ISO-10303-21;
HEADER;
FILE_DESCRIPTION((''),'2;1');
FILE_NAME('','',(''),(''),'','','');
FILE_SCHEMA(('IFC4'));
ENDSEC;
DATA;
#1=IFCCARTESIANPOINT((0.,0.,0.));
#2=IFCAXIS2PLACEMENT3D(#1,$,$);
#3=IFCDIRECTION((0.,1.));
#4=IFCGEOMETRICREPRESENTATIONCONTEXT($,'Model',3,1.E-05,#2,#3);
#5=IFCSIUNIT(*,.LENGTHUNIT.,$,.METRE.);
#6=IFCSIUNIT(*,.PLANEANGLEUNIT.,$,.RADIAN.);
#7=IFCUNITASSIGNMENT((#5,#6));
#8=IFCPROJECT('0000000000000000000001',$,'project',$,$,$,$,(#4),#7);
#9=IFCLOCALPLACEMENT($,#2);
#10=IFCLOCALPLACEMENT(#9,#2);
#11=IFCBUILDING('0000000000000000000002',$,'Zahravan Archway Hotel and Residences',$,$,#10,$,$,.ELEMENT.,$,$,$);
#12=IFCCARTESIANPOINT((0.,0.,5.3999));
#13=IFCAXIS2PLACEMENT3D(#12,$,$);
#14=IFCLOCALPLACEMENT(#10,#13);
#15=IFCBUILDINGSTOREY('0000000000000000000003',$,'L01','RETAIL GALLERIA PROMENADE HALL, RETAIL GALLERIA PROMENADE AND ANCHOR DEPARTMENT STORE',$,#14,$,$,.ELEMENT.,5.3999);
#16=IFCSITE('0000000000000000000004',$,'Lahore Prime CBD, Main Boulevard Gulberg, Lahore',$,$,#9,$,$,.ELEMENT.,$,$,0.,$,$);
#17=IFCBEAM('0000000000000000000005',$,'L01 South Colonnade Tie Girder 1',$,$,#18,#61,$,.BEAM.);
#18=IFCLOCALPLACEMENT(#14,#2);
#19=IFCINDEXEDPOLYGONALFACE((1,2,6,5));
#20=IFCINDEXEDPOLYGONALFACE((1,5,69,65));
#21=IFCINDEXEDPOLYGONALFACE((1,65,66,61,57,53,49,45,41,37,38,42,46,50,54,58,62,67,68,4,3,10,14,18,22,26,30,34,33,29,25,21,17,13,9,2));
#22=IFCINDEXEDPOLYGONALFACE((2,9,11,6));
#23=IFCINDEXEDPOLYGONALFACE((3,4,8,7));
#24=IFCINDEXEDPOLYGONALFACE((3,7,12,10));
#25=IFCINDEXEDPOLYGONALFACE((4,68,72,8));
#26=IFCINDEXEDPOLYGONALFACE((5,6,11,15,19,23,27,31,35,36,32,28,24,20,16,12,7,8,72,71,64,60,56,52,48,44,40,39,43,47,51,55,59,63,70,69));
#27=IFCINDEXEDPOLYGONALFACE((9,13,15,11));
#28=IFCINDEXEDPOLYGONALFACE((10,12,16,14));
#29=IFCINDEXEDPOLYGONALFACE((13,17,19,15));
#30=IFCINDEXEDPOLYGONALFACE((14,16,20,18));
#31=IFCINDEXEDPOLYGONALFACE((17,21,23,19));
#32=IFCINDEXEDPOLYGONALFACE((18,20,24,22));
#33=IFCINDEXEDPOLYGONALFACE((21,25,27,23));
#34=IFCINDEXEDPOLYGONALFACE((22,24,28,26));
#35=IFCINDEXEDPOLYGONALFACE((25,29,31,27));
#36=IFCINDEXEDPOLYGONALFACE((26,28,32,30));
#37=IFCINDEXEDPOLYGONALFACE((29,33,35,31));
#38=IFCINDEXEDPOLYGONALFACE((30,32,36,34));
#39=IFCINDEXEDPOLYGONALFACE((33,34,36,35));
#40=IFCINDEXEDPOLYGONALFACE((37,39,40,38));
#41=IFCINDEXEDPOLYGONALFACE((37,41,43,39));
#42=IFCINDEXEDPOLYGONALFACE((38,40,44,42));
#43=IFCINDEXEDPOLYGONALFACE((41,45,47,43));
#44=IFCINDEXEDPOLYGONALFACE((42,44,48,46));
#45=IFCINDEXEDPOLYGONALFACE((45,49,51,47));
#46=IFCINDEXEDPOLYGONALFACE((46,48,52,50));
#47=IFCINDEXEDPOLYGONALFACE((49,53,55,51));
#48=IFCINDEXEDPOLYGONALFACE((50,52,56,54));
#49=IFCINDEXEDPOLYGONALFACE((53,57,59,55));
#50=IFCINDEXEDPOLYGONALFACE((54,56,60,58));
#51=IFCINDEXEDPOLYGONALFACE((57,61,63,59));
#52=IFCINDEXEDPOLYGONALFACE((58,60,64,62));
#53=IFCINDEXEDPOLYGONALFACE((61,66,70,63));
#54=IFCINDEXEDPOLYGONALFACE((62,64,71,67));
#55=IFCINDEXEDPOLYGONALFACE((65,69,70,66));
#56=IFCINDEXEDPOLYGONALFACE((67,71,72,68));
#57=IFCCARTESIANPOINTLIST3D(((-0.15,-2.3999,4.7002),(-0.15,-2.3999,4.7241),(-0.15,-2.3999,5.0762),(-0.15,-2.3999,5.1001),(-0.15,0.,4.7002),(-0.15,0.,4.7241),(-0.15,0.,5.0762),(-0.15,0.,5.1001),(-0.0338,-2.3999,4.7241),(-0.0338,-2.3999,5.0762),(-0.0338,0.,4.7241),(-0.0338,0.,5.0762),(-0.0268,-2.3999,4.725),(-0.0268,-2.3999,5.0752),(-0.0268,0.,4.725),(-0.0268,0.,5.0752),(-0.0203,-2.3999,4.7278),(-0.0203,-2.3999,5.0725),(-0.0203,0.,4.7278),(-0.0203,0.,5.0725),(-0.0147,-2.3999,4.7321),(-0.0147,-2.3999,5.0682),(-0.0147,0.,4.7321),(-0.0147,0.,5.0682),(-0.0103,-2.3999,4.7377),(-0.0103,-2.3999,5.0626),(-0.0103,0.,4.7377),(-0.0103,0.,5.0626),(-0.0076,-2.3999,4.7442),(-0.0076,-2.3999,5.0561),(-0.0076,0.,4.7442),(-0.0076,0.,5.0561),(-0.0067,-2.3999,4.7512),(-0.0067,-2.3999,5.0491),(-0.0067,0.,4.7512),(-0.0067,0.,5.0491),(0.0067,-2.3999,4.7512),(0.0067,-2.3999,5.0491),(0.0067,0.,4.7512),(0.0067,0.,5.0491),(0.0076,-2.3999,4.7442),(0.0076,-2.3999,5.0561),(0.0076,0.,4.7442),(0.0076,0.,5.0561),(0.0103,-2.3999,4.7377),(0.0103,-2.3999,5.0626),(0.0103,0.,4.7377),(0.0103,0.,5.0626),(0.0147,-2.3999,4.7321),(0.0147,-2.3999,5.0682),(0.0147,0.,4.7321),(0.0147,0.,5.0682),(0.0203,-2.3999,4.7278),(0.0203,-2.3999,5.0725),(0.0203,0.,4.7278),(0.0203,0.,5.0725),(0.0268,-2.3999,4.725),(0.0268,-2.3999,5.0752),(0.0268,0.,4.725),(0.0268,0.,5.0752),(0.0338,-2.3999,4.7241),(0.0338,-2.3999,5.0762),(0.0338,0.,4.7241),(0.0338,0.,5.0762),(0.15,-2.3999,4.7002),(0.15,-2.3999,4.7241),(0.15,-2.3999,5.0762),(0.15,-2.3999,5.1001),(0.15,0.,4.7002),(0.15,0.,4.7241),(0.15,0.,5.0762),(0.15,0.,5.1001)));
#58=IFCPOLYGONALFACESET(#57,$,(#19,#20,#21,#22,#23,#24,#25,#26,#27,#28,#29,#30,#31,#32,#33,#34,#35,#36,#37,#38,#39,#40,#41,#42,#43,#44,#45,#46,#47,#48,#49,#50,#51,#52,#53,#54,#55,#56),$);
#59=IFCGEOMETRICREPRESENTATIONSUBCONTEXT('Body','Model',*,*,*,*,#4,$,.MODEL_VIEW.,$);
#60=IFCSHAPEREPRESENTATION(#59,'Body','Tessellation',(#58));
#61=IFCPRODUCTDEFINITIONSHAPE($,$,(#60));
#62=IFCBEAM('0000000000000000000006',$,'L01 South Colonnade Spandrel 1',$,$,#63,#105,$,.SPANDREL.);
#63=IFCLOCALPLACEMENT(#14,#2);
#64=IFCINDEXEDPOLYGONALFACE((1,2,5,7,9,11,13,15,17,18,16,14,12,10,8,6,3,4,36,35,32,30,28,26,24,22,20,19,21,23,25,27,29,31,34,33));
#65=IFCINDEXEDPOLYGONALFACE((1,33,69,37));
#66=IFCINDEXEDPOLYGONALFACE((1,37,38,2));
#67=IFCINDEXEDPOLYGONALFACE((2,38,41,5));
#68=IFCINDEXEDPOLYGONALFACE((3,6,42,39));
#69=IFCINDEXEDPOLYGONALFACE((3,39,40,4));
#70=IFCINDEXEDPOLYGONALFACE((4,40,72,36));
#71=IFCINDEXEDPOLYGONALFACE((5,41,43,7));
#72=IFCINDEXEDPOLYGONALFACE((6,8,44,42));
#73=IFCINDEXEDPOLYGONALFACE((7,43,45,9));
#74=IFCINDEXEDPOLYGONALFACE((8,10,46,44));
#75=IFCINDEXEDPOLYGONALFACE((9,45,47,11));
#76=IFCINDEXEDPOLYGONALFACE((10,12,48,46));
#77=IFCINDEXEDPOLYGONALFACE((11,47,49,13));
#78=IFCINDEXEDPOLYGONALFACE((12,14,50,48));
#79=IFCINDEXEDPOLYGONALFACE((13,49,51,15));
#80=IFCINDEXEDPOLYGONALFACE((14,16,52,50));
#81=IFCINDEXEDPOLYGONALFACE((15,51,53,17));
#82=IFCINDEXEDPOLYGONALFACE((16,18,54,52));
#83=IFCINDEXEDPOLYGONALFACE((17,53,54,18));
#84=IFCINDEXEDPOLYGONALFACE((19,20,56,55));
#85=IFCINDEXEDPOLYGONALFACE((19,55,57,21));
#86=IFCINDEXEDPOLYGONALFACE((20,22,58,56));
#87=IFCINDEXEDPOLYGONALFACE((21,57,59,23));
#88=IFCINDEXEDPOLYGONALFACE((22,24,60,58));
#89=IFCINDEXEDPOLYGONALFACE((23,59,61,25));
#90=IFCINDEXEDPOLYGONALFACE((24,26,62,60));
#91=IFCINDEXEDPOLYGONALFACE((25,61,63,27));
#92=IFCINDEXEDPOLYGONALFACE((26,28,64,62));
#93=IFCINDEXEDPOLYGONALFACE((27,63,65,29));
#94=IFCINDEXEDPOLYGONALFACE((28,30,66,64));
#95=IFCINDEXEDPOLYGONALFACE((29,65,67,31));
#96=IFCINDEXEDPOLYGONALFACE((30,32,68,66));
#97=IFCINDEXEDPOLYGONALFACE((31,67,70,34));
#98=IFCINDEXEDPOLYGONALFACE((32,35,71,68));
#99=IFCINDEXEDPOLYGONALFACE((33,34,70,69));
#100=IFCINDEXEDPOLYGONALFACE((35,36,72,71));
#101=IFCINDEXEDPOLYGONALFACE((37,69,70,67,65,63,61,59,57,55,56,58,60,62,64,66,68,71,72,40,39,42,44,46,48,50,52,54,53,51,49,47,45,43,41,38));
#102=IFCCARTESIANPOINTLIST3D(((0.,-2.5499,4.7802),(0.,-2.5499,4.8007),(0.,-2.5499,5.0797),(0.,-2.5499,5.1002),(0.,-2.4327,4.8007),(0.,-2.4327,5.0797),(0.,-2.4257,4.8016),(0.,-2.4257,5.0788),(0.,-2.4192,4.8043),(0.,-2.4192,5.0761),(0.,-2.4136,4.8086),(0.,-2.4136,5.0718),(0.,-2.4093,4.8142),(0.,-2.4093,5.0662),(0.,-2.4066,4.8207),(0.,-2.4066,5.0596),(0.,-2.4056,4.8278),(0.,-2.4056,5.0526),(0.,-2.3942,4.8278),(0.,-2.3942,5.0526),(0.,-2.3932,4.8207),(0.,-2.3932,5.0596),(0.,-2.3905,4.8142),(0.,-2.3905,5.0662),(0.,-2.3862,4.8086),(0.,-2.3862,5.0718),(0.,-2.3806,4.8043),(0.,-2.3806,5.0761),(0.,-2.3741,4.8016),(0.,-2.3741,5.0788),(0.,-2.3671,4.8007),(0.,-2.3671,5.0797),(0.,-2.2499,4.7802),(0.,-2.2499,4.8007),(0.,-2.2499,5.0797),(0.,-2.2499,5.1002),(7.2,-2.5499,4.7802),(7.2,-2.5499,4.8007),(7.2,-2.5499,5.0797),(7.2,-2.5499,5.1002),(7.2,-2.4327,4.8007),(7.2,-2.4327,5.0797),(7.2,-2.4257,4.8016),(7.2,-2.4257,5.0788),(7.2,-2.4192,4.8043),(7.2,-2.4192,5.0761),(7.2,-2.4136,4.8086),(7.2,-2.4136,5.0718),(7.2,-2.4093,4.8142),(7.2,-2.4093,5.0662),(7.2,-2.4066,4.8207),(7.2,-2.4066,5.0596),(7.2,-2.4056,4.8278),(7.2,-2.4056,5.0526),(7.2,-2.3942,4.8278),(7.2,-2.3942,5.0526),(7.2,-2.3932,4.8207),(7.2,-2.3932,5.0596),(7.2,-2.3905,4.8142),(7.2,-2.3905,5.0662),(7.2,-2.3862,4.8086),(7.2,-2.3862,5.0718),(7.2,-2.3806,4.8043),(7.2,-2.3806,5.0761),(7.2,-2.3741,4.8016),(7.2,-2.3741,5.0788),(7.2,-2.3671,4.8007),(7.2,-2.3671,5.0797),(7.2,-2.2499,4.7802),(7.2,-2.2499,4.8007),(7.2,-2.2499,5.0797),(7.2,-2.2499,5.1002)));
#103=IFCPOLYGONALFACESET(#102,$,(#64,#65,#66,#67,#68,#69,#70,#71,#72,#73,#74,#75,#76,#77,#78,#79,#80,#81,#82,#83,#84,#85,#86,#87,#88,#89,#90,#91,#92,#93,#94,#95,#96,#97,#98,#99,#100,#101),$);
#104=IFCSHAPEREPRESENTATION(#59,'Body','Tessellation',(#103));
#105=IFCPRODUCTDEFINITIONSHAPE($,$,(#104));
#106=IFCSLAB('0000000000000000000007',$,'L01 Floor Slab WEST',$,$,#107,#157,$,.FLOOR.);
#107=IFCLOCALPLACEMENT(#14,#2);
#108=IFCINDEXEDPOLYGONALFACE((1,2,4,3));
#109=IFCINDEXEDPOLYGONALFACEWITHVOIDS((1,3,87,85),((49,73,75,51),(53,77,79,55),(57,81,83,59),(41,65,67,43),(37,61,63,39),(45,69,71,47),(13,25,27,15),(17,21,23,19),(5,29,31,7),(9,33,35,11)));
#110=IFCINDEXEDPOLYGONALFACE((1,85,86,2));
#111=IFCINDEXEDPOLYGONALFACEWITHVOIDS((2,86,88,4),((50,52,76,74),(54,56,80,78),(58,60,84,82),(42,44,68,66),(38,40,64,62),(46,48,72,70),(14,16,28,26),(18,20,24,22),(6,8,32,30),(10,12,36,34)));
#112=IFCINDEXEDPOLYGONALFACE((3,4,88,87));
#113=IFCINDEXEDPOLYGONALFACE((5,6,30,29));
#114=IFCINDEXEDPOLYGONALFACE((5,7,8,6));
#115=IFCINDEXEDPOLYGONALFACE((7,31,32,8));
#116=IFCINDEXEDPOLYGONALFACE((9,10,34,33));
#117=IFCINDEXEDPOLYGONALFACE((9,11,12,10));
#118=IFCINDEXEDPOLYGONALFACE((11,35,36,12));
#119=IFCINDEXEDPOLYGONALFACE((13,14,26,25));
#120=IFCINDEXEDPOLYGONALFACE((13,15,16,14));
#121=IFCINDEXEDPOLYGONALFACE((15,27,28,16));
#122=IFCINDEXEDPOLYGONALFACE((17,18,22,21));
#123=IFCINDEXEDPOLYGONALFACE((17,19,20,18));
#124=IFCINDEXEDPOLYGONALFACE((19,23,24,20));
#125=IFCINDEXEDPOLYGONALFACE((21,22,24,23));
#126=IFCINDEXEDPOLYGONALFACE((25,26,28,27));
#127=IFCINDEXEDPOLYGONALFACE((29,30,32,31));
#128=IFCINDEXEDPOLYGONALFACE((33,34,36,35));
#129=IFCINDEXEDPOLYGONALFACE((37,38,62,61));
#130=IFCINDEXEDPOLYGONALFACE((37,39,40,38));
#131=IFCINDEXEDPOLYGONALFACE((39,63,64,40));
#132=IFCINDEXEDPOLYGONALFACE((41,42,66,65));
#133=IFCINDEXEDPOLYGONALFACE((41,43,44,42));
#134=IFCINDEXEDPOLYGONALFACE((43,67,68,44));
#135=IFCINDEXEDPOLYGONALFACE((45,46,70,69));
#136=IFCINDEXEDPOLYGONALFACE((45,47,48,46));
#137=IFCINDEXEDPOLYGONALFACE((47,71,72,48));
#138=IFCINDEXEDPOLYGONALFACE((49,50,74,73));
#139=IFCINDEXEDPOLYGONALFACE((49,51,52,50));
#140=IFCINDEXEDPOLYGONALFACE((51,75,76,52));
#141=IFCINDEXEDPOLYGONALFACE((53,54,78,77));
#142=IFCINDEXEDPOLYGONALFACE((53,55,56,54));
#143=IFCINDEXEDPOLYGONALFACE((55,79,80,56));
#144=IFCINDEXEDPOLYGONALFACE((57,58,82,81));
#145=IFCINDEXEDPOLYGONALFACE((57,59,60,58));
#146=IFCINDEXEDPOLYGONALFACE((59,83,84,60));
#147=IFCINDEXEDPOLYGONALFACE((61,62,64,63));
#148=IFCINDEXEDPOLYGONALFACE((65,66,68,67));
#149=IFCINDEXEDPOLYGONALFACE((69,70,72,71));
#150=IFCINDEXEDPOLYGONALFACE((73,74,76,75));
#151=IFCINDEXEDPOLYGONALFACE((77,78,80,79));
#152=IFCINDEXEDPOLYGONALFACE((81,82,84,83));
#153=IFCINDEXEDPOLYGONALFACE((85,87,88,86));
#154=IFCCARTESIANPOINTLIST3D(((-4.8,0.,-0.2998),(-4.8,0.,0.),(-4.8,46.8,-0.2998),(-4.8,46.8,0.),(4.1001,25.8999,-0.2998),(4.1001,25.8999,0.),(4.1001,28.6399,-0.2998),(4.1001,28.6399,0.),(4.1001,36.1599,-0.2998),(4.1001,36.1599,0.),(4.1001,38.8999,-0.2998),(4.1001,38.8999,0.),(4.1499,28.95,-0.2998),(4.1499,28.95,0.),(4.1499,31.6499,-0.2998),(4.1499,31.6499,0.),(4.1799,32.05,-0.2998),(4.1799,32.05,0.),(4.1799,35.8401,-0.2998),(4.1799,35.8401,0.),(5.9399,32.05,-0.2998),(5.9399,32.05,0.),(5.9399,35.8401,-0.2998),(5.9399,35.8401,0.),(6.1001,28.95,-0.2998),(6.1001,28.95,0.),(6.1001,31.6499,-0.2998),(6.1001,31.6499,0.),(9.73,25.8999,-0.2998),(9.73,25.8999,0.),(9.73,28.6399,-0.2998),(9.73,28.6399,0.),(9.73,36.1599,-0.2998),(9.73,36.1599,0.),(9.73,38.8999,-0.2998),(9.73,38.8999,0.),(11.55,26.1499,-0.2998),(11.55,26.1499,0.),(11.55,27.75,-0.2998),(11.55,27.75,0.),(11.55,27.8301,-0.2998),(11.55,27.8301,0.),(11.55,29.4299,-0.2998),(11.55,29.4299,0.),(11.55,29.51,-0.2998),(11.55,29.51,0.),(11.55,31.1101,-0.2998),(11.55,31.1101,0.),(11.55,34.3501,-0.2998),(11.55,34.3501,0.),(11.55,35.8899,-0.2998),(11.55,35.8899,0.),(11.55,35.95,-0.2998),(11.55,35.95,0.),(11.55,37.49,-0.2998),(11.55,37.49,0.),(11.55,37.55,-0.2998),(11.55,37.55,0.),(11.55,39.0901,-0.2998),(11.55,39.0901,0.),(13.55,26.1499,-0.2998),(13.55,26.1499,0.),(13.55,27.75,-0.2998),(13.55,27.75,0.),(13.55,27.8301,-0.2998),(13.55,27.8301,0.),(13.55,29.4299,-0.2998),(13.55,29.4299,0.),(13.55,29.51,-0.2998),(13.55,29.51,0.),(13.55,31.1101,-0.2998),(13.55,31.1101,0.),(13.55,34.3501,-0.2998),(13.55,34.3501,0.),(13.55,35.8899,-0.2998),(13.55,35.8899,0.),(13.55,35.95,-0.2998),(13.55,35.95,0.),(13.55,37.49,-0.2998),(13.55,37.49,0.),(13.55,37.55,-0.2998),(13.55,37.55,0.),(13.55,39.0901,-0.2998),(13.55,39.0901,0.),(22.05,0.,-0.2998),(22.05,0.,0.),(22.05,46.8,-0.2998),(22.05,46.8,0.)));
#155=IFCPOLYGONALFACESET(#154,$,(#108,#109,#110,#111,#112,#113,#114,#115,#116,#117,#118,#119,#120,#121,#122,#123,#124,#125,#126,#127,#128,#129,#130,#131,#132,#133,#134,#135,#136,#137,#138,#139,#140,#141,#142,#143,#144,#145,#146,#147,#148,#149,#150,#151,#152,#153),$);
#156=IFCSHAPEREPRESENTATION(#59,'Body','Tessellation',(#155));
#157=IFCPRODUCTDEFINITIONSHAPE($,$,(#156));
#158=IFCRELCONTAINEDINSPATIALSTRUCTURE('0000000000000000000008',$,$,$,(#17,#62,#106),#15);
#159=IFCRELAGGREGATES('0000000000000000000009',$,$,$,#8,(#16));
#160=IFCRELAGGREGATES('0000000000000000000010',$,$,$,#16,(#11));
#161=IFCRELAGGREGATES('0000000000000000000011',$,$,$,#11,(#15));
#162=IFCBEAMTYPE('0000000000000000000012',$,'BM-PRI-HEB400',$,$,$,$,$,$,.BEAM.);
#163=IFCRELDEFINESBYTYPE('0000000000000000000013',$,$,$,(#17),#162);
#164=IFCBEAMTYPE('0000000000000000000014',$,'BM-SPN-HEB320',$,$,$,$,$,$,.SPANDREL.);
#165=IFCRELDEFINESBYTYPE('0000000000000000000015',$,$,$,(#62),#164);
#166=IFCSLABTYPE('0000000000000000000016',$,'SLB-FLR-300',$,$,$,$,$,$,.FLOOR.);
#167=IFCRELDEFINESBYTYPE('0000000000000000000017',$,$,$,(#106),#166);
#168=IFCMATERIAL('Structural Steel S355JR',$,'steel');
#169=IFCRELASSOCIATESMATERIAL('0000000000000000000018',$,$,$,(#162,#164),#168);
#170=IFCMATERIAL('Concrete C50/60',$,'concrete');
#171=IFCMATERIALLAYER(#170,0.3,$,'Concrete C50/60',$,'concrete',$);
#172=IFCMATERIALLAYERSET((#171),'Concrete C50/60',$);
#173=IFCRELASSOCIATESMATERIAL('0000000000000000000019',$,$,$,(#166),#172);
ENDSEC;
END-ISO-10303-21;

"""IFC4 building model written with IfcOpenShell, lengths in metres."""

from ifc_helpers import new_model, si_unit, direction, frame, origin, origin_2d, place, context, subcontext, project, spatial, polyline, i_section, outline, extrude, source, transform, mapped, material, layer, layer_set, material_profile, profile_set, type_object, type_shapes, element, save


model = new_model("IFC4")

# Units and contexts
model_context = context("Model", 3, precision=1e-05, world=origin(), true_north=direction((0.0, 1.0)))
body_context = subcontext(model_context, "Body", "Model", "MODEL_VIEW")
ifc_project = project(units=[si_unit("LENGTHUNIT", "METRE"), si_unit("PLANEANGLEUNIT", "RADIAN")], contexts=[model_context])

# Site, building, storey
site_placement = place(None, origin())
site = spatial("IfcSite", under=ifc_project, at=site_placement, Name="Lahore Prime CBD, Main Boulevard Gulberg, Lahore", CompositionType="ELEMENT", RefElevation=0.0)
building_placement = place(site_placement, origin())
building = spatial("IfcBuilding", under=site, at=building_placement, Name="Zahravan Archway Hotel and Residences", CompositionType="ELEMENT")
storey_placement = place(building_placement, frame((0.0, 0.0, 5.3999)))
storey = spatial("IfcBuildingStorey", under=building, at=storey_placement, Name="L01", Description="RETAIL GALLERIA PROMENADE HALL, RETAIL GALLERIA PROMENADE AND ANCHOR DEPARTMENT STORE", CompositionType="ELEMENT", Elevation=5.3999)

# Beams
ifc_material_1 = material(Name="Structural Steel S355JR", Category="steel")
ifc_material_profile_1 = material_profile(ifc_material_1, i_section(OverallWidth=0.3, OverallDepth=0.3999, WebThickness=0.0134, FlangeThickness=0.0239, FilletRadius=0.0271, at=origin_2d()), Name="HEB 400", Category="steel")
ifc_profile_set_1 = profile_set([ifc_material_profile_1], Name="Structural Steel S355JR")
beam_type_1 = type_object("IfcBeamType", Name="BM-PRI-HEB400", PredefinedType="BEAM", material=ifc_profile_set_1)
shared_shape_1 = source(origin(), body_context, "Body", "SweptSolid", [
    extrude(i_section(OverallWidth=0.3, OverallDepth=0.3999, WebThickness=0.0134, FlangeThickness=0.0239, FilletRadius=0.0271, at=origin_2d()), origin(), (0.0, 0.0, 1.0), 2.3999),
])
beam_1_placement = place(storey_placement, frame((0.0, -2.3999, 4.9001), z_axis=(0.0, 1.0, 0.0), x_axis=(-1.0, 0.0, 0.0)))
element("IfcBeam", 1, at=beam_1_placement, inside=storey, type_object=beam_type_1, Name="L01 South Colonnade Tie Girder 1", PredefinedType="BEAM", context=body_context, shape_type="MappedRepresentation", body=[
    mapped(shared_shape_1, transform((0.0, 0.0, 0.0), scale=1.0)),
])
ifc_material_profile_2 = material_profile(ifc_material_1, i_section(OverallWidth=0.3, OverallDepth=0.3201, WebThickness=0.0115, FlangeThickness=0.0205, FilletRadius=0.0271, at=origin_2d()), Name="HEB 320", Category="steel")
ifc_profile_set_2 = profile_set([ifc_material_profile_2], Name="Structural Steel S355JR")
beam_type_2 = type_object("IfcBeamType", Name="BM-SPN-HEB320", PredefinedType="SPANDREL", material=ifc_profile_set_2)
shared_shape_2 = source(origin(), body_context, "Body", "SweptSolid", [
    extrude(i_section(OverallWidth=0.3, OverallDepth=0.3201, WebThickness=0.0115, FlangeThickness=0.0205, FilletRadius=0.0271, at=origin_2d()), origin(), (0.0, 0.0, 1.0), 7.2),
])
type_shapes(beam_type_2, [shared_shape_2])
beam_2_placement = place(storey_placement, frame((0.0, -2.3999, 4.9402), z_axis=(1.0, 0.0, 0.0), x_axis=(0.0, 1.0, 0.0)))
element("IfcBeam", 2, at=beam_2_placement, inside=storey, type_object=beam_type_2, Name="L01 South Colonnade Spandrel 1", PredefinedType="SPANDREL", context=body_context, shape_type="MappedRepresentation", body=[
    mapped(shared_shape_2, transform((0.0, 0.0, 0.0), scale=1.0)),
])

# Slab
ifc_material_2 = material(Name="Concrete C50/60", Category="concrete")
ifc_layer_1 = layer(ifc_material_2, 0.3, Name="Concrete C50/60", Category="concrete")
ifc_layer_set_1 = layer_set([ifc_layer_1], Name="Concrete C50/60")
slab_type = type_object("IfcSlabType", Name="SLB-FLR-300", PredefinedType="FLOOR", material=ifc_layer_set_1)
slab_1_placement = place(storey_placement, frame((0.0, 0.0, -0.2998)))
element("IfcSlab", 3, at=slab_1_placement, inside=storey, type_object=slab_type, Name="L01 Floor Slab WEST", PredefinedType="FLOOR", context=body_context, shape_type="SweptSolid", body=[
    extrude(outline(polyline([(-4.8, 0.0), (22.05, 0.0), (22.05, 46.8), (-4.8, 46.8), (-4.8, 0.0)]), holes=[polyline([(9.73, 28.6399), (4.1001, 28.6399), (4.1001, 25.8999), (9.73, 25.8999), (9.73, 28.6399)]), polyline([(9.73, 38.8999), (4.1001, 38.8999), (4.1001, 36.1599), (9.73, 36.1599), (9.73, 38.8999)]), polyline([(4.1499, 28.95), (6.1001, 28.95), (6.1001, 31.6499), (4.1499, 31.6499), (4.1499, 28.95)]), polyline([(11.55, 26.1499), (13.55, 26.1499), (13.55, 27.75), (11.55, 27.75), (11.55, 26.1499)]), polyline([(11.55, 27.8301), (13.55, 27.8301), (13.55, 29.4299), (11.55, 29.4299), (11.55, 27.8301)]), polyline([(11.55, 29.51), (13.55, 29.51), (13.55, 31.1101), (11.55, 31.1101), (11.55, 29.51)]), polyline([(11.55, 34.3501), (13.55, 34.3501), (13.55, 35.8899), (11.55, 35.8899), (11.55, 34.3501)]), polyline([(11.55, 35.95), (13.55, 35.95), (13.55, 37.49), (11.55, 37.49), (11.55, 35.95)]), polyline([(11.55, 37.55), (13.55, 37.55), (13.55, 39.0901), (11.55, 39.0901), (11.55, 37.55)]), polyline([(4.1799, 32.05), (5.9399, 32.05), (5.9399, 35.8401), (4.1799, 35.8401), (4.1799, 32.05)])]), origin(), (0.0, 0.0, 1.0), 0.2998),
])

save(model, "model.ifc")
